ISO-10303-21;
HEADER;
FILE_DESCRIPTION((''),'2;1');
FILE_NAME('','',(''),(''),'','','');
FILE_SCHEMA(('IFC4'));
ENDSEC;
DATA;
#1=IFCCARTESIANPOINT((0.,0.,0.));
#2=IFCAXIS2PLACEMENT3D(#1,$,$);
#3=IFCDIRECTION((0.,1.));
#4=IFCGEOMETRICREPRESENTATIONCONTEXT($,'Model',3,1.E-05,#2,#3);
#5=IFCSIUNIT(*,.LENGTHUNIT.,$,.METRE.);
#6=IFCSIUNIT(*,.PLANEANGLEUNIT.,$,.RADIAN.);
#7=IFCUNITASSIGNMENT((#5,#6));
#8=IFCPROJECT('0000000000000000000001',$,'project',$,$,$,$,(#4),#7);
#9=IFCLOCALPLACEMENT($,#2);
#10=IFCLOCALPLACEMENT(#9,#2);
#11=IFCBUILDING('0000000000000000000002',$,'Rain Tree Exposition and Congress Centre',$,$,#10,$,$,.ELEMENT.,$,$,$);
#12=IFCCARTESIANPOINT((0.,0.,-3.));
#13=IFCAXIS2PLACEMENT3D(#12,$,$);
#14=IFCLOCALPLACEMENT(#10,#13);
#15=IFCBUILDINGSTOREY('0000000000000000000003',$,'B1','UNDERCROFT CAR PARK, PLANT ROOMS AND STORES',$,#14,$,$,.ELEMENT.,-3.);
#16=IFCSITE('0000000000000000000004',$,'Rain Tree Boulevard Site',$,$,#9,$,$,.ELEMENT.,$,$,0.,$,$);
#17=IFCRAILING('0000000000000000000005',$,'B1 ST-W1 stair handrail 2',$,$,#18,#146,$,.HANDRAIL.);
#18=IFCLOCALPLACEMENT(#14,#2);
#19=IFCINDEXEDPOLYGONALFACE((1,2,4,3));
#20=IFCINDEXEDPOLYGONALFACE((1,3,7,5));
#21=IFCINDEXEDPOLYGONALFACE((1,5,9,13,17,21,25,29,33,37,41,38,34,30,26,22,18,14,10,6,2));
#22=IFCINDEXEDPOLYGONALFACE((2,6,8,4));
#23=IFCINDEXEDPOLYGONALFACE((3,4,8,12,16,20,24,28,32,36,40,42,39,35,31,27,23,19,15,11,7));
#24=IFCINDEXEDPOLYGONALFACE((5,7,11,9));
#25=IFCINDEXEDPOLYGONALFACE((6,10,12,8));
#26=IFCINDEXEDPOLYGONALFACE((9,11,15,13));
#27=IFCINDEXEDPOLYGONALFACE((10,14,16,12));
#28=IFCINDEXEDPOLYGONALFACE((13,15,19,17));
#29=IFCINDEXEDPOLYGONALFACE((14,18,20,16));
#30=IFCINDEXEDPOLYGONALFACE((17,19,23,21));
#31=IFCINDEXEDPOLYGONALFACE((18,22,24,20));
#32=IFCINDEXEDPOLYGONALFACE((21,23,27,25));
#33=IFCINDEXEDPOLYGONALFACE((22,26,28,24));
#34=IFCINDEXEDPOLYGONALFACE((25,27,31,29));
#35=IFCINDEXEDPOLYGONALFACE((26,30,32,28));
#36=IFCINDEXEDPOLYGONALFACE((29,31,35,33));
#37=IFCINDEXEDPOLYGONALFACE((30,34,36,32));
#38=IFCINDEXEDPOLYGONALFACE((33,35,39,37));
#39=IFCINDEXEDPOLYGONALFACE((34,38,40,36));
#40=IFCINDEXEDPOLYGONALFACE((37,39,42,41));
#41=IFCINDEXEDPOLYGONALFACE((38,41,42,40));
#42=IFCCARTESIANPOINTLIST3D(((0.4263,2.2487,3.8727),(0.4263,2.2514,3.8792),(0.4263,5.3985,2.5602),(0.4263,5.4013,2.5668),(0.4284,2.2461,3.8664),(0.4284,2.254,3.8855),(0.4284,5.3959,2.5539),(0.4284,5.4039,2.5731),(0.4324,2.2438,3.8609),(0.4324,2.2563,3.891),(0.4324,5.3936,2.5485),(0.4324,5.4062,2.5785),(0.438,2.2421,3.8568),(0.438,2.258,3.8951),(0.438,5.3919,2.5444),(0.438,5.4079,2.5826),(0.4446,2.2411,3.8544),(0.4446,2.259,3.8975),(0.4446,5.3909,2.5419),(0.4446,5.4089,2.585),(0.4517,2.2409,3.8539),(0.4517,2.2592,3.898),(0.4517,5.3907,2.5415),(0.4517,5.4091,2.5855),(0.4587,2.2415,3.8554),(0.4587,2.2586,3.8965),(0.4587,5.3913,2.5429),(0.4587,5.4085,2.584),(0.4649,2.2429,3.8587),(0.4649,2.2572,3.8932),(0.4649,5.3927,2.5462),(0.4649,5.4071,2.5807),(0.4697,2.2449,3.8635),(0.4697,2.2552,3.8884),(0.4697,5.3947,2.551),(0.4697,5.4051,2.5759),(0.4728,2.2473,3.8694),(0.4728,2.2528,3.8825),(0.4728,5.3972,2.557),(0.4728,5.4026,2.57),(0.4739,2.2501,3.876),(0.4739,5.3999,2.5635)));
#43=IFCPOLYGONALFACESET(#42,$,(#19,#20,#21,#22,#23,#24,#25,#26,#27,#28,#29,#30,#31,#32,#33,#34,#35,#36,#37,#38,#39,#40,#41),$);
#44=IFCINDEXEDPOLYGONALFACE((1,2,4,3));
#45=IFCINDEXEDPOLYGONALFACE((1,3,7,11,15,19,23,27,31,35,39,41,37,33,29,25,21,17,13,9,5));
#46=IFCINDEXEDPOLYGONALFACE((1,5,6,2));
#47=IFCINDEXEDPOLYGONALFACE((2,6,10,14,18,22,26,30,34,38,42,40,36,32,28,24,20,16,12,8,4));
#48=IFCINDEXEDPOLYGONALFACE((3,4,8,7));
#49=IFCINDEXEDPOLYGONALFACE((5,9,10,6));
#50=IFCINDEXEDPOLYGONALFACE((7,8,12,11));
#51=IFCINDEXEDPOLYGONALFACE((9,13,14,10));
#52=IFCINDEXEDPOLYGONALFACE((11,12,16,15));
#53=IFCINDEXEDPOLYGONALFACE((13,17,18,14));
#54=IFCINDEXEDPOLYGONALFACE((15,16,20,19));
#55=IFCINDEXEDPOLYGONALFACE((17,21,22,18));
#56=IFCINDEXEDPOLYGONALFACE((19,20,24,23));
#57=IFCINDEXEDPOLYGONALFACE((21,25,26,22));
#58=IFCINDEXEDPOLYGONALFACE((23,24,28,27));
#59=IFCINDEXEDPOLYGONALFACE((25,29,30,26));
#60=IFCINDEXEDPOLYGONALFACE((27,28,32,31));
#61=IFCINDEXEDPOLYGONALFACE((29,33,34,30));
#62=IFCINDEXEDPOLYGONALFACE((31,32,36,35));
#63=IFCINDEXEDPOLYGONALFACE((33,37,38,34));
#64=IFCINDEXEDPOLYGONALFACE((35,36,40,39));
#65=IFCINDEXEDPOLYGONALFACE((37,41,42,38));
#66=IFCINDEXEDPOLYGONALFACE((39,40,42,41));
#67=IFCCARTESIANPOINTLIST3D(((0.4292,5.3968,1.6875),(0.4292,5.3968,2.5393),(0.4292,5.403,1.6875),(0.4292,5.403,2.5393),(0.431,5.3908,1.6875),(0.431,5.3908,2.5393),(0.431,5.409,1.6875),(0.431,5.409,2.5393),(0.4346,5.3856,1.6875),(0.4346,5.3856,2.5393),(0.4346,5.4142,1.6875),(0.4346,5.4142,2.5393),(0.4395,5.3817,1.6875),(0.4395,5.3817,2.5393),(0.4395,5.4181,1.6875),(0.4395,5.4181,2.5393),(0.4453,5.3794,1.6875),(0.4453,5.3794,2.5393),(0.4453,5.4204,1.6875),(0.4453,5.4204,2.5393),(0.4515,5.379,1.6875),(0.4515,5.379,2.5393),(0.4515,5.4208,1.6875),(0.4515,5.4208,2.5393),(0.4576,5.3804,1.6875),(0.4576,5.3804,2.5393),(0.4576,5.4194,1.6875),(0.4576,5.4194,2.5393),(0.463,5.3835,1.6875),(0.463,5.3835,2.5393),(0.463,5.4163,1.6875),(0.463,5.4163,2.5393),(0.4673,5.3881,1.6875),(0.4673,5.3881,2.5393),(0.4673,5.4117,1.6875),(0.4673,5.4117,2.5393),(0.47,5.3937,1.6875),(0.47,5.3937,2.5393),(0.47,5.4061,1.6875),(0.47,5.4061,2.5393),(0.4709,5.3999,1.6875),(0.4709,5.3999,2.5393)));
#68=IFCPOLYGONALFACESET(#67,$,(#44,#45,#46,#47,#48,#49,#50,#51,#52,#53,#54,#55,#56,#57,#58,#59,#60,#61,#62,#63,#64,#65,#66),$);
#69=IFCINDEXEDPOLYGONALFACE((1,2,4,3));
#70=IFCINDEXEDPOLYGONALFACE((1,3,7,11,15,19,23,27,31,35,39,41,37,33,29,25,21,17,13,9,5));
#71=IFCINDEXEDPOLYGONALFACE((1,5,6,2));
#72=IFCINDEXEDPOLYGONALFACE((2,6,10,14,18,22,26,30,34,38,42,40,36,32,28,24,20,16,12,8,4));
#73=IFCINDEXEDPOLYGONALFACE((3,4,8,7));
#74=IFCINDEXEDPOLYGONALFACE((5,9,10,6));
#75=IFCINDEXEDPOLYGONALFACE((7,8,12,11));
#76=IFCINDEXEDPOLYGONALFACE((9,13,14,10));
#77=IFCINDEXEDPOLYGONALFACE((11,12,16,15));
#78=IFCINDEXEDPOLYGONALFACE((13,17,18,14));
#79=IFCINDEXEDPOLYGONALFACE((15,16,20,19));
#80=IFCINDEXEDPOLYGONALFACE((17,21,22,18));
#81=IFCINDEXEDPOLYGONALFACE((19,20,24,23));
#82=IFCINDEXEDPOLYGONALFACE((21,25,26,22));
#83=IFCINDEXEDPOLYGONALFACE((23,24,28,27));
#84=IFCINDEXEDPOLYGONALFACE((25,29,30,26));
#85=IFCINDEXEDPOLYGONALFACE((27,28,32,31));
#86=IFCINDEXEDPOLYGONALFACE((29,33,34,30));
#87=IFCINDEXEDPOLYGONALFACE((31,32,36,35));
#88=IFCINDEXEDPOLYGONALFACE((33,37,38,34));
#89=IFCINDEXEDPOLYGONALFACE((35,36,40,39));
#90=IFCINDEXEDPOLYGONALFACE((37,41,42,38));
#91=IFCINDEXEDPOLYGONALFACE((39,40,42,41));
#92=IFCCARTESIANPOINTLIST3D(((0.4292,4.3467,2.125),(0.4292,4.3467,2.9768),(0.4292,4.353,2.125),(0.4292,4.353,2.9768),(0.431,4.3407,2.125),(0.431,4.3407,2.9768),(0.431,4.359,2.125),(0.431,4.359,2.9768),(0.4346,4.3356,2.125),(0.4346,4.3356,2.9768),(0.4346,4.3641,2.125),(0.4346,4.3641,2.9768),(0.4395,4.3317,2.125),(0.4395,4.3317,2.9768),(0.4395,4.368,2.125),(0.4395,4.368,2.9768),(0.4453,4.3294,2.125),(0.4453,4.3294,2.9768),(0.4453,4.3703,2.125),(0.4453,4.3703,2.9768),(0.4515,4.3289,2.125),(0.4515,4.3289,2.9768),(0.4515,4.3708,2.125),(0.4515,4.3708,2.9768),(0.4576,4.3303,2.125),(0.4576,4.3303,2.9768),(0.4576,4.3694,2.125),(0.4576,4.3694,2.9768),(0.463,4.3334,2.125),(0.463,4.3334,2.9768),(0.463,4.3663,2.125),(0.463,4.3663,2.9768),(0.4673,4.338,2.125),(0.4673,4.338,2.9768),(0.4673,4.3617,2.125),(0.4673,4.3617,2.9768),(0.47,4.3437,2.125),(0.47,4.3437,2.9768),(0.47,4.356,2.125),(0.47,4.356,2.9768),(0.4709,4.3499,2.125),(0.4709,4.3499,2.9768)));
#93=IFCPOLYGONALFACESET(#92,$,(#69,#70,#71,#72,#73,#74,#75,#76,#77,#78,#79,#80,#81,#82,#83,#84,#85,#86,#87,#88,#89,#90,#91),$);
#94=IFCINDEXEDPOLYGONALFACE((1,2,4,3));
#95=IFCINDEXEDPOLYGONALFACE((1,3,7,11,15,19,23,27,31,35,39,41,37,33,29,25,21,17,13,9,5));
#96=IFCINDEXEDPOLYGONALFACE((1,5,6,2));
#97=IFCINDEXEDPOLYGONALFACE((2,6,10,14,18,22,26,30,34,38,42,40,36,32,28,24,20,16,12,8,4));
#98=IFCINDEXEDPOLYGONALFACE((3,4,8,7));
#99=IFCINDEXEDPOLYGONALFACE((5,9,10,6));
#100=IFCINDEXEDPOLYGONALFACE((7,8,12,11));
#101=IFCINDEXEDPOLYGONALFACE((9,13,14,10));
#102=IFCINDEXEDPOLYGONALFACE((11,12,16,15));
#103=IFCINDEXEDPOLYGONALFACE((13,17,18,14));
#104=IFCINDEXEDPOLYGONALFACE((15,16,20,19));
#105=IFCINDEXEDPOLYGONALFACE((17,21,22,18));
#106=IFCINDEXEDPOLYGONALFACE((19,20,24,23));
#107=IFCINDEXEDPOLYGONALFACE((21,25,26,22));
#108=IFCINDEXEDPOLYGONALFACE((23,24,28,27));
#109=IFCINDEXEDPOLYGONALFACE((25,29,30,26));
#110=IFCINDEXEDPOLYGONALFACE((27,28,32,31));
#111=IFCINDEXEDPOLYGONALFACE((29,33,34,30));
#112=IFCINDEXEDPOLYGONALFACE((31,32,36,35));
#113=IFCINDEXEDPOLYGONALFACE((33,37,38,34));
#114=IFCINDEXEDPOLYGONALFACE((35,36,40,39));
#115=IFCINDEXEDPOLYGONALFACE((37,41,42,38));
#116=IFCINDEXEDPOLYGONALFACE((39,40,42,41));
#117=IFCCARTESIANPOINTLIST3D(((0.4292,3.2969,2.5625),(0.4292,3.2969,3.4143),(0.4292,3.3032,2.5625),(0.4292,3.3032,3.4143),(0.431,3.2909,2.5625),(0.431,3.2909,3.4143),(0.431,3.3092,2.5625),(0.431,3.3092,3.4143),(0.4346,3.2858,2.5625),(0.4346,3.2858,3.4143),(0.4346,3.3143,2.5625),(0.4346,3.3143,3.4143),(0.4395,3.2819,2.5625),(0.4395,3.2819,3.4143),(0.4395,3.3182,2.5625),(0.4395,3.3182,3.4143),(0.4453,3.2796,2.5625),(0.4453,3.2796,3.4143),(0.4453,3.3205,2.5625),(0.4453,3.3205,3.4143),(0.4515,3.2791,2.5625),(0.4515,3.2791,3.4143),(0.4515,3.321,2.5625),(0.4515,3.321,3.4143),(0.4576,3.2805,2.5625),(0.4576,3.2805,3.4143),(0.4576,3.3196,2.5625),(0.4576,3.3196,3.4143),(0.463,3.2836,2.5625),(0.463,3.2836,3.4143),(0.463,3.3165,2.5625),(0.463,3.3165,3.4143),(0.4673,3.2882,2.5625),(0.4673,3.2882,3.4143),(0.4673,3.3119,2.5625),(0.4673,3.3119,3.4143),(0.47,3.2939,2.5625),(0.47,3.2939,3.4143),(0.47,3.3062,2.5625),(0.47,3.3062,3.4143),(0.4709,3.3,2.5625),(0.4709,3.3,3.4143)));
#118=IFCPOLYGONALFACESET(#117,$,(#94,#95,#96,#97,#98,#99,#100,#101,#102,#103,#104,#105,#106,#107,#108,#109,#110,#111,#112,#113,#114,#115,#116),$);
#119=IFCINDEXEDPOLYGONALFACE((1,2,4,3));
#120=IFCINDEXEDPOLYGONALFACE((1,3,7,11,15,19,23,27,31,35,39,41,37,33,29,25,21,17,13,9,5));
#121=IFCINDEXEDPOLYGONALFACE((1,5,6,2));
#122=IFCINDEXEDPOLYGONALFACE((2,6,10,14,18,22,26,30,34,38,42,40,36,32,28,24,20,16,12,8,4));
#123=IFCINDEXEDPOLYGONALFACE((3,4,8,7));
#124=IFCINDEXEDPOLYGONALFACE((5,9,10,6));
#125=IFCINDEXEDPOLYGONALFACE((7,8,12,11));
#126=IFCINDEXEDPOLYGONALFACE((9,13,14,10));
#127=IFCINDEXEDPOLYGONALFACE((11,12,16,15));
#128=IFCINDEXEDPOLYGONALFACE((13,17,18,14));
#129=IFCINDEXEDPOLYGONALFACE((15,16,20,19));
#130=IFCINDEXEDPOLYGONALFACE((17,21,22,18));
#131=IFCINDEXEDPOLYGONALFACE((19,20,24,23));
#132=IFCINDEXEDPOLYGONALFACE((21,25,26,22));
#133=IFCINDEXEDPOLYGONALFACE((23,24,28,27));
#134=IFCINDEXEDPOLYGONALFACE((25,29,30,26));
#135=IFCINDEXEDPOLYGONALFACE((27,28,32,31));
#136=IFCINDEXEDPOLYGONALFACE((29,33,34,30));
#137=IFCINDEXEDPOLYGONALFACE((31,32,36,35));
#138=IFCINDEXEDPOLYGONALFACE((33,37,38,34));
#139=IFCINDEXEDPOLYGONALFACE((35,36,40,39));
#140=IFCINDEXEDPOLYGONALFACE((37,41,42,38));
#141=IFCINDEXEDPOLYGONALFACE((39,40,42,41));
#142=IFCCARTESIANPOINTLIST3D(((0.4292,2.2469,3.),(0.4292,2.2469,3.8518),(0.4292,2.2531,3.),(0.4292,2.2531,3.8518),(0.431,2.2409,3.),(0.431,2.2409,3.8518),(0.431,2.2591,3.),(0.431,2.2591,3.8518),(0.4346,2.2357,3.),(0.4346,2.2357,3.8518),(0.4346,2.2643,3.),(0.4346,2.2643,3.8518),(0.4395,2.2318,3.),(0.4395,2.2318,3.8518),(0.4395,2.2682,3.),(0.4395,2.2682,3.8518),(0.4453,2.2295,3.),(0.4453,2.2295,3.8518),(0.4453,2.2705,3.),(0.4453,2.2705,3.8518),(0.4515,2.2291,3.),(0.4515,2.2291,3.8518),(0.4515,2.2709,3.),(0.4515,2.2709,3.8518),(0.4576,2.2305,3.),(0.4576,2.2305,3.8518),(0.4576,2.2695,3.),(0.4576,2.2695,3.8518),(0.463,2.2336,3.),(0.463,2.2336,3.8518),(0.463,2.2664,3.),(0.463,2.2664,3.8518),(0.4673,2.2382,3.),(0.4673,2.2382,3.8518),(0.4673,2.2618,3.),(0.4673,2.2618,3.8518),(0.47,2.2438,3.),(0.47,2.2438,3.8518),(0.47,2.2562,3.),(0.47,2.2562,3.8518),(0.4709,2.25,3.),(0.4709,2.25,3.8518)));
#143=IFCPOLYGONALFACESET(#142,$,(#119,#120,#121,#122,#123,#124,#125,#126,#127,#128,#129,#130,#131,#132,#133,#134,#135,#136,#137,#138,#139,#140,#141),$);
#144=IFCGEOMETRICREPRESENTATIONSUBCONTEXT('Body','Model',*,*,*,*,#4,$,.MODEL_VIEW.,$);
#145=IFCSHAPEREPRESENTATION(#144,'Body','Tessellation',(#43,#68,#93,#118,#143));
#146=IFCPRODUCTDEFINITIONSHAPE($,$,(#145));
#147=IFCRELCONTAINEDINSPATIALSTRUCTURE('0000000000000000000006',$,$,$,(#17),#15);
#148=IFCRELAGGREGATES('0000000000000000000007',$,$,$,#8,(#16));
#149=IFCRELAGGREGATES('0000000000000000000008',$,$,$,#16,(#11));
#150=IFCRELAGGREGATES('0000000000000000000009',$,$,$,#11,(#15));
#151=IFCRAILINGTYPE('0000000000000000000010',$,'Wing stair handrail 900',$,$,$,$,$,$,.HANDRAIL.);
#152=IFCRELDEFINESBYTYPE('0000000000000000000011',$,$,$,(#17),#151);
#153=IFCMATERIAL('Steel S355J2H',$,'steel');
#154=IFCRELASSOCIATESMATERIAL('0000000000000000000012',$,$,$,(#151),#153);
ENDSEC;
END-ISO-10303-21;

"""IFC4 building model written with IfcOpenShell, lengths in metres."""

from ifc_helpers import new_model, si_unit, direction, frame, origin, origin_2d, place, context, subcontext, project, spatial, circle, extrude, material, type_object, element, save


model = new_model("IFC4")

# Units and contexts
model_context = context("Model", 3, precision=1e-05, world=origin(), true_north=direction((0.0, 1.0)))
body_context = subcontext(model_context, "Body", "Model", "MODEL_VIEW")
ifc_project = project(units=[si_unit("LENGTHUNIT", "METRE"), si_unit("PLANEANGLEUNIT", "RADIAN")], contexts=[model_context])

# Site, building, storey
site_placement = place(None, origin())
site = spatial("IfcSite", under=ifc_project, at=site_placement, Name="Rain Tree Boulevard Site", CompositionType="ELEMENT", RefElevation=0.0)
building_placement = place(site_placement, origin())
building = spatial("IfcBuilding", under=site, at=building_placement, Name="Rain Tree Exposition and Congress Centre", CompositionType="ELEMENT")
storey_placement = place(building_placement, frame((0.0, 0.0, -3.0)))
storey = spatial("IfcBuildingStorey", under=building, at=storey_placement, Name="B1", Description="UNDERCROFT CAR PARK, PLANT ROOMS AND STORES", CompositionType="ELEMENT", Elevation=-3.0)

# Railing
ifc_material_1 = material(Name="Steel S355J2H", Category="steel")
railing_type_1 = type_object("IfcRailingType", Name="Wing stair handrail 900", PredefinedType="HANDRAIL", material=ifc_material_1)
railing_1_placement = place(storey_placement, frame((0.45, 5.3999, 1.6875)))
element("IfcRailing", 1, at=railing_1_placement, inside=storey, type_object=railing_type_1, Name="B1 ST-W1 stair handrail 2", PredefinedType="HANDRAIL", context=body_context, shape_type="SweptSolid", body=[
    extrude(circle(Radius=0.0239, at=origin_2d()), frame((0.0, 0.0, 0.876), z_axis=(0.0, -0.923073, 0.384626), x_axis=(1.0, 0.0, 0.0)), (0.0, 0.0, 1.0), 3.4124),
    extrude(circle(Radius=0.021, at=origin_2d()), origin(), (0.0, 0.0, 1.0), 0.8518),
    extrude(circle(Radius=0.021, at=origin_2d()), frame((0.0, -1.05, 0.4375)), (0.0, 0.0, 1.0), 0.8518),
    extrude(circle(Radius=0.021, at=origin_2d()), frame((0.0, -2.0999, 0.875)), (0.0, 0.0, 1.0), 0.8518),
    extrude(circle(Radius=0.021, at=origin_2d()), frame((0.0, -3.1499, 1.3125)), (0.0, 0.0, 1.0), 0.8518),
])

save(model, "model.ifc")
